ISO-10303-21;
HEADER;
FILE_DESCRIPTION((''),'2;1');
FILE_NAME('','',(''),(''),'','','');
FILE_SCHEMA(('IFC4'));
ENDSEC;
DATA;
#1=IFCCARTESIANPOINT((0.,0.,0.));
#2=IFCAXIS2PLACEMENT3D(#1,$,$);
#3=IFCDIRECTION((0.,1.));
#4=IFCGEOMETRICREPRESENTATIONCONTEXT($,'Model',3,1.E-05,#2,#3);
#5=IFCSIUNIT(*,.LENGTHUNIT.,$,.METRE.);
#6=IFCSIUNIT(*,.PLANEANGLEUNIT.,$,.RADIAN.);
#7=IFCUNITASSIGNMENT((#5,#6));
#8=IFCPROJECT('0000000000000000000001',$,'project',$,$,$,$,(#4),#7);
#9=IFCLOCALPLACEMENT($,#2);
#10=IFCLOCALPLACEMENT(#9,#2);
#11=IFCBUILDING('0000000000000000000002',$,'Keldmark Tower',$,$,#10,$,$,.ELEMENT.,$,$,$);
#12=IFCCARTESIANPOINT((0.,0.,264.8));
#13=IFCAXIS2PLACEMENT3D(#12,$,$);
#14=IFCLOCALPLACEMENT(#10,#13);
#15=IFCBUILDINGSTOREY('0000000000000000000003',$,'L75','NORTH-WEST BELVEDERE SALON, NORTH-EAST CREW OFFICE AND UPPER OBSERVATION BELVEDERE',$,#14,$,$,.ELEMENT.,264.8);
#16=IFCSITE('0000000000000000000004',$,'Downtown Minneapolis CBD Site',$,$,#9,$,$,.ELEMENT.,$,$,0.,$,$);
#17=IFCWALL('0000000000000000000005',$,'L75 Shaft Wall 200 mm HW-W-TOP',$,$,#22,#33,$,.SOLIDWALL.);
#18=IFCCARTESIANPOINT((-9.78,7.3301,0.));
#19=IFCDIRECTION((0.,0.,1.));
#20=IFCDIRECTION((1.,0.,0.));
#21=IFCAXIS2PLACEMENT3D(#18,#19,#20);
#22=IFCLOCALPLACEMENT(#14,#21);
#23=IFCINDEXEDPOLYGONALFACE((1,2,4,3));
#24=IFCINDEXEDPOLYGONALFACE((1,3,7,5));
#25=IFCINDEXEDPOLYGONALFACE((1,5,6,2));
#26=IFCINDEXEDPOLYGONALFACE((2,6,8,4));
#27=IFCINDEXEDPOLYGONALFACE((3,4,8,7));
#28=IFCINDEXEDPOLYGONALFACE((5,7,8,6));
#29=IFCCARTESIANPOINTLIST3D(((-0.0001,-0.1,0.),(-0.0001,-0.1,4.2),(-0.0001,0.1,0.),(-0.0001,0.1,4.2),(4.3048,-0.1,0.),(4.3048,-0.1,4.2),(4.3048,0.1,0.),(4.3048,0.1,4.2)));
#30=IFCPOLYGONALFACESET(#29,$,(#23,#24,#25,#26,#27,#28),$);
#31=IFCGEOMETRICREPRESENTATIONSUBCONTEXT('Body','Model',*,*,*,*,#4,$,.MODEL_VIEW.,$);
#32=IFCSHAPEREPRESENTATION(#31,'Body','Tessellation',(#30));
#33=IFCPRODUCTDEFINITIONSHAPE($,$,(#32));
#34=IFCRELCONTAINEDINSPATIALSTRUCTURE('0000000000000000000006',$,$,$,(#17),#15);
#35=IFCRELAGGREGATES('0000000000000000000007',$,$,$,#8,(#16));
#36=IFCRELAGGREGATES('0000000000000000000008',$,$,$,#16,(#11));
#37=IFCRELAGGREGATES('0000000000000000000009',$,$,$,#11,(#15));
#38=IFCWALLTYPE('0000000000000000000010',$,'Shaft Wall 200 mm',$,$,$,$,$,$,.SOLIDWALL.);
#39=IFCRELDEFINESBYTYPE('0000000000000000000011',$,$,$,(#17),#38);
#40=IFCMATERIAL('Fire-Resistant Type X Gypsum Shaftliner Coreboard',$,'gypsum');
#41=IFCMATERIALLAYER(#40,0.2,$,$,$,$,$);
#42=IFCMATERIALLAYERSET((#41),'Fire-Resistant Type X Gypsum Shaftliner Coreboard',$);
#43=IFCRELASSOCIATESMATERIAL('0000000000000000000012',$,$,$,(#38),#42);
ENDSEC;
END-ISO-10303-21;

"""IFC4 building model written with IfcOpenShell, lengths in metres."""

from ifc_helpers import new_model, si_unit, direction, frame, frame_2d, origin, place, context, subcontext, project, spatial, rectangle, extrude, material, layer, layer_set, type_object, element, save


model = new_model("IFC4")

# Units and contexts
model_context = context("Model", 3, precision=1e-05, world=origin(), true_north=direction((0.0, 1.0)))
body_context = subcontext(model_context, "Body", "Model", "MODEL_VIEW")
ifc_project = project(units=[si_unit("LENGTHUNIT", "METRE"), si_unit("PLANEANGLEUNIT", "RADIAN")], contexts=[model_context])

# Site, building, storey
site_placement = place(None, origin())
site = spatial("IfcSite", under=ifc_project, at=site_placement, Name="Downtown Minneapolis CBD Site", CompositionType="ELEMENT", RefElevation=0.0)
building_placement = place(site_placement, origin())
building = spatial("IfcBuilding", under=site, at=building_placement, Name="Keldmark Tower", CompositionType="ELEMENT")
storey_placement = place(building_placement, frame((0.0, 0.0, 264.8)))
storey = spatial("IfcBuildingStorey", under=building, at=storey_placement, Name="L75", Description="NORTH-WEST BELVEDERE SALON, NORTH-EAST CREW OFFICE AND UPPER OBSERVATION BELVEDERE", CompositionType="ELEMENT", Elevation=264.8)

# Shared definitions
ifc_material_1 = material(Name="Fire-Resistant Type X Gypsum Shaftliner Coreboard", Category="gypsum")
ifc_layer_1 = layer(ifc_material_1, 0.2)
ifc_layer_set_1 = layer_set([ifc_layer_1], Name="Fire-Resistant Type X Gypsum Shaftliner Coreboard")
wall_type_1 = type_object("IfcWallType", Name="Shaft Wall 200 mm", PredefinedType="SOLIDWALL", material=ifc_layer_set_1)

# Wall
wall_1_placement = place(storey_placement, frame((-9.78, 7.3301, 0.0), z_axis=(0.0, 0.0, 1.0), x_axis=(1.0, 0.0, 0.0)))
element("IfcWall", 1, at=wall_1_placement, inside=storey, type_object=wall_type_1, Name="L75 Shaft Wall 200 mm HW-W-TOP", PredefinedType="SOLIDWALL", context=body_context, shape_type="SweptSolid", body=[
    extrude(rectangle(XDim=4.3049, YDim=0.2, at=frame_2d((2.1523, 0.0))), origin(), (0.0, 0.0, 1.0), 4.2),
])

save(model, "model.ifc")
